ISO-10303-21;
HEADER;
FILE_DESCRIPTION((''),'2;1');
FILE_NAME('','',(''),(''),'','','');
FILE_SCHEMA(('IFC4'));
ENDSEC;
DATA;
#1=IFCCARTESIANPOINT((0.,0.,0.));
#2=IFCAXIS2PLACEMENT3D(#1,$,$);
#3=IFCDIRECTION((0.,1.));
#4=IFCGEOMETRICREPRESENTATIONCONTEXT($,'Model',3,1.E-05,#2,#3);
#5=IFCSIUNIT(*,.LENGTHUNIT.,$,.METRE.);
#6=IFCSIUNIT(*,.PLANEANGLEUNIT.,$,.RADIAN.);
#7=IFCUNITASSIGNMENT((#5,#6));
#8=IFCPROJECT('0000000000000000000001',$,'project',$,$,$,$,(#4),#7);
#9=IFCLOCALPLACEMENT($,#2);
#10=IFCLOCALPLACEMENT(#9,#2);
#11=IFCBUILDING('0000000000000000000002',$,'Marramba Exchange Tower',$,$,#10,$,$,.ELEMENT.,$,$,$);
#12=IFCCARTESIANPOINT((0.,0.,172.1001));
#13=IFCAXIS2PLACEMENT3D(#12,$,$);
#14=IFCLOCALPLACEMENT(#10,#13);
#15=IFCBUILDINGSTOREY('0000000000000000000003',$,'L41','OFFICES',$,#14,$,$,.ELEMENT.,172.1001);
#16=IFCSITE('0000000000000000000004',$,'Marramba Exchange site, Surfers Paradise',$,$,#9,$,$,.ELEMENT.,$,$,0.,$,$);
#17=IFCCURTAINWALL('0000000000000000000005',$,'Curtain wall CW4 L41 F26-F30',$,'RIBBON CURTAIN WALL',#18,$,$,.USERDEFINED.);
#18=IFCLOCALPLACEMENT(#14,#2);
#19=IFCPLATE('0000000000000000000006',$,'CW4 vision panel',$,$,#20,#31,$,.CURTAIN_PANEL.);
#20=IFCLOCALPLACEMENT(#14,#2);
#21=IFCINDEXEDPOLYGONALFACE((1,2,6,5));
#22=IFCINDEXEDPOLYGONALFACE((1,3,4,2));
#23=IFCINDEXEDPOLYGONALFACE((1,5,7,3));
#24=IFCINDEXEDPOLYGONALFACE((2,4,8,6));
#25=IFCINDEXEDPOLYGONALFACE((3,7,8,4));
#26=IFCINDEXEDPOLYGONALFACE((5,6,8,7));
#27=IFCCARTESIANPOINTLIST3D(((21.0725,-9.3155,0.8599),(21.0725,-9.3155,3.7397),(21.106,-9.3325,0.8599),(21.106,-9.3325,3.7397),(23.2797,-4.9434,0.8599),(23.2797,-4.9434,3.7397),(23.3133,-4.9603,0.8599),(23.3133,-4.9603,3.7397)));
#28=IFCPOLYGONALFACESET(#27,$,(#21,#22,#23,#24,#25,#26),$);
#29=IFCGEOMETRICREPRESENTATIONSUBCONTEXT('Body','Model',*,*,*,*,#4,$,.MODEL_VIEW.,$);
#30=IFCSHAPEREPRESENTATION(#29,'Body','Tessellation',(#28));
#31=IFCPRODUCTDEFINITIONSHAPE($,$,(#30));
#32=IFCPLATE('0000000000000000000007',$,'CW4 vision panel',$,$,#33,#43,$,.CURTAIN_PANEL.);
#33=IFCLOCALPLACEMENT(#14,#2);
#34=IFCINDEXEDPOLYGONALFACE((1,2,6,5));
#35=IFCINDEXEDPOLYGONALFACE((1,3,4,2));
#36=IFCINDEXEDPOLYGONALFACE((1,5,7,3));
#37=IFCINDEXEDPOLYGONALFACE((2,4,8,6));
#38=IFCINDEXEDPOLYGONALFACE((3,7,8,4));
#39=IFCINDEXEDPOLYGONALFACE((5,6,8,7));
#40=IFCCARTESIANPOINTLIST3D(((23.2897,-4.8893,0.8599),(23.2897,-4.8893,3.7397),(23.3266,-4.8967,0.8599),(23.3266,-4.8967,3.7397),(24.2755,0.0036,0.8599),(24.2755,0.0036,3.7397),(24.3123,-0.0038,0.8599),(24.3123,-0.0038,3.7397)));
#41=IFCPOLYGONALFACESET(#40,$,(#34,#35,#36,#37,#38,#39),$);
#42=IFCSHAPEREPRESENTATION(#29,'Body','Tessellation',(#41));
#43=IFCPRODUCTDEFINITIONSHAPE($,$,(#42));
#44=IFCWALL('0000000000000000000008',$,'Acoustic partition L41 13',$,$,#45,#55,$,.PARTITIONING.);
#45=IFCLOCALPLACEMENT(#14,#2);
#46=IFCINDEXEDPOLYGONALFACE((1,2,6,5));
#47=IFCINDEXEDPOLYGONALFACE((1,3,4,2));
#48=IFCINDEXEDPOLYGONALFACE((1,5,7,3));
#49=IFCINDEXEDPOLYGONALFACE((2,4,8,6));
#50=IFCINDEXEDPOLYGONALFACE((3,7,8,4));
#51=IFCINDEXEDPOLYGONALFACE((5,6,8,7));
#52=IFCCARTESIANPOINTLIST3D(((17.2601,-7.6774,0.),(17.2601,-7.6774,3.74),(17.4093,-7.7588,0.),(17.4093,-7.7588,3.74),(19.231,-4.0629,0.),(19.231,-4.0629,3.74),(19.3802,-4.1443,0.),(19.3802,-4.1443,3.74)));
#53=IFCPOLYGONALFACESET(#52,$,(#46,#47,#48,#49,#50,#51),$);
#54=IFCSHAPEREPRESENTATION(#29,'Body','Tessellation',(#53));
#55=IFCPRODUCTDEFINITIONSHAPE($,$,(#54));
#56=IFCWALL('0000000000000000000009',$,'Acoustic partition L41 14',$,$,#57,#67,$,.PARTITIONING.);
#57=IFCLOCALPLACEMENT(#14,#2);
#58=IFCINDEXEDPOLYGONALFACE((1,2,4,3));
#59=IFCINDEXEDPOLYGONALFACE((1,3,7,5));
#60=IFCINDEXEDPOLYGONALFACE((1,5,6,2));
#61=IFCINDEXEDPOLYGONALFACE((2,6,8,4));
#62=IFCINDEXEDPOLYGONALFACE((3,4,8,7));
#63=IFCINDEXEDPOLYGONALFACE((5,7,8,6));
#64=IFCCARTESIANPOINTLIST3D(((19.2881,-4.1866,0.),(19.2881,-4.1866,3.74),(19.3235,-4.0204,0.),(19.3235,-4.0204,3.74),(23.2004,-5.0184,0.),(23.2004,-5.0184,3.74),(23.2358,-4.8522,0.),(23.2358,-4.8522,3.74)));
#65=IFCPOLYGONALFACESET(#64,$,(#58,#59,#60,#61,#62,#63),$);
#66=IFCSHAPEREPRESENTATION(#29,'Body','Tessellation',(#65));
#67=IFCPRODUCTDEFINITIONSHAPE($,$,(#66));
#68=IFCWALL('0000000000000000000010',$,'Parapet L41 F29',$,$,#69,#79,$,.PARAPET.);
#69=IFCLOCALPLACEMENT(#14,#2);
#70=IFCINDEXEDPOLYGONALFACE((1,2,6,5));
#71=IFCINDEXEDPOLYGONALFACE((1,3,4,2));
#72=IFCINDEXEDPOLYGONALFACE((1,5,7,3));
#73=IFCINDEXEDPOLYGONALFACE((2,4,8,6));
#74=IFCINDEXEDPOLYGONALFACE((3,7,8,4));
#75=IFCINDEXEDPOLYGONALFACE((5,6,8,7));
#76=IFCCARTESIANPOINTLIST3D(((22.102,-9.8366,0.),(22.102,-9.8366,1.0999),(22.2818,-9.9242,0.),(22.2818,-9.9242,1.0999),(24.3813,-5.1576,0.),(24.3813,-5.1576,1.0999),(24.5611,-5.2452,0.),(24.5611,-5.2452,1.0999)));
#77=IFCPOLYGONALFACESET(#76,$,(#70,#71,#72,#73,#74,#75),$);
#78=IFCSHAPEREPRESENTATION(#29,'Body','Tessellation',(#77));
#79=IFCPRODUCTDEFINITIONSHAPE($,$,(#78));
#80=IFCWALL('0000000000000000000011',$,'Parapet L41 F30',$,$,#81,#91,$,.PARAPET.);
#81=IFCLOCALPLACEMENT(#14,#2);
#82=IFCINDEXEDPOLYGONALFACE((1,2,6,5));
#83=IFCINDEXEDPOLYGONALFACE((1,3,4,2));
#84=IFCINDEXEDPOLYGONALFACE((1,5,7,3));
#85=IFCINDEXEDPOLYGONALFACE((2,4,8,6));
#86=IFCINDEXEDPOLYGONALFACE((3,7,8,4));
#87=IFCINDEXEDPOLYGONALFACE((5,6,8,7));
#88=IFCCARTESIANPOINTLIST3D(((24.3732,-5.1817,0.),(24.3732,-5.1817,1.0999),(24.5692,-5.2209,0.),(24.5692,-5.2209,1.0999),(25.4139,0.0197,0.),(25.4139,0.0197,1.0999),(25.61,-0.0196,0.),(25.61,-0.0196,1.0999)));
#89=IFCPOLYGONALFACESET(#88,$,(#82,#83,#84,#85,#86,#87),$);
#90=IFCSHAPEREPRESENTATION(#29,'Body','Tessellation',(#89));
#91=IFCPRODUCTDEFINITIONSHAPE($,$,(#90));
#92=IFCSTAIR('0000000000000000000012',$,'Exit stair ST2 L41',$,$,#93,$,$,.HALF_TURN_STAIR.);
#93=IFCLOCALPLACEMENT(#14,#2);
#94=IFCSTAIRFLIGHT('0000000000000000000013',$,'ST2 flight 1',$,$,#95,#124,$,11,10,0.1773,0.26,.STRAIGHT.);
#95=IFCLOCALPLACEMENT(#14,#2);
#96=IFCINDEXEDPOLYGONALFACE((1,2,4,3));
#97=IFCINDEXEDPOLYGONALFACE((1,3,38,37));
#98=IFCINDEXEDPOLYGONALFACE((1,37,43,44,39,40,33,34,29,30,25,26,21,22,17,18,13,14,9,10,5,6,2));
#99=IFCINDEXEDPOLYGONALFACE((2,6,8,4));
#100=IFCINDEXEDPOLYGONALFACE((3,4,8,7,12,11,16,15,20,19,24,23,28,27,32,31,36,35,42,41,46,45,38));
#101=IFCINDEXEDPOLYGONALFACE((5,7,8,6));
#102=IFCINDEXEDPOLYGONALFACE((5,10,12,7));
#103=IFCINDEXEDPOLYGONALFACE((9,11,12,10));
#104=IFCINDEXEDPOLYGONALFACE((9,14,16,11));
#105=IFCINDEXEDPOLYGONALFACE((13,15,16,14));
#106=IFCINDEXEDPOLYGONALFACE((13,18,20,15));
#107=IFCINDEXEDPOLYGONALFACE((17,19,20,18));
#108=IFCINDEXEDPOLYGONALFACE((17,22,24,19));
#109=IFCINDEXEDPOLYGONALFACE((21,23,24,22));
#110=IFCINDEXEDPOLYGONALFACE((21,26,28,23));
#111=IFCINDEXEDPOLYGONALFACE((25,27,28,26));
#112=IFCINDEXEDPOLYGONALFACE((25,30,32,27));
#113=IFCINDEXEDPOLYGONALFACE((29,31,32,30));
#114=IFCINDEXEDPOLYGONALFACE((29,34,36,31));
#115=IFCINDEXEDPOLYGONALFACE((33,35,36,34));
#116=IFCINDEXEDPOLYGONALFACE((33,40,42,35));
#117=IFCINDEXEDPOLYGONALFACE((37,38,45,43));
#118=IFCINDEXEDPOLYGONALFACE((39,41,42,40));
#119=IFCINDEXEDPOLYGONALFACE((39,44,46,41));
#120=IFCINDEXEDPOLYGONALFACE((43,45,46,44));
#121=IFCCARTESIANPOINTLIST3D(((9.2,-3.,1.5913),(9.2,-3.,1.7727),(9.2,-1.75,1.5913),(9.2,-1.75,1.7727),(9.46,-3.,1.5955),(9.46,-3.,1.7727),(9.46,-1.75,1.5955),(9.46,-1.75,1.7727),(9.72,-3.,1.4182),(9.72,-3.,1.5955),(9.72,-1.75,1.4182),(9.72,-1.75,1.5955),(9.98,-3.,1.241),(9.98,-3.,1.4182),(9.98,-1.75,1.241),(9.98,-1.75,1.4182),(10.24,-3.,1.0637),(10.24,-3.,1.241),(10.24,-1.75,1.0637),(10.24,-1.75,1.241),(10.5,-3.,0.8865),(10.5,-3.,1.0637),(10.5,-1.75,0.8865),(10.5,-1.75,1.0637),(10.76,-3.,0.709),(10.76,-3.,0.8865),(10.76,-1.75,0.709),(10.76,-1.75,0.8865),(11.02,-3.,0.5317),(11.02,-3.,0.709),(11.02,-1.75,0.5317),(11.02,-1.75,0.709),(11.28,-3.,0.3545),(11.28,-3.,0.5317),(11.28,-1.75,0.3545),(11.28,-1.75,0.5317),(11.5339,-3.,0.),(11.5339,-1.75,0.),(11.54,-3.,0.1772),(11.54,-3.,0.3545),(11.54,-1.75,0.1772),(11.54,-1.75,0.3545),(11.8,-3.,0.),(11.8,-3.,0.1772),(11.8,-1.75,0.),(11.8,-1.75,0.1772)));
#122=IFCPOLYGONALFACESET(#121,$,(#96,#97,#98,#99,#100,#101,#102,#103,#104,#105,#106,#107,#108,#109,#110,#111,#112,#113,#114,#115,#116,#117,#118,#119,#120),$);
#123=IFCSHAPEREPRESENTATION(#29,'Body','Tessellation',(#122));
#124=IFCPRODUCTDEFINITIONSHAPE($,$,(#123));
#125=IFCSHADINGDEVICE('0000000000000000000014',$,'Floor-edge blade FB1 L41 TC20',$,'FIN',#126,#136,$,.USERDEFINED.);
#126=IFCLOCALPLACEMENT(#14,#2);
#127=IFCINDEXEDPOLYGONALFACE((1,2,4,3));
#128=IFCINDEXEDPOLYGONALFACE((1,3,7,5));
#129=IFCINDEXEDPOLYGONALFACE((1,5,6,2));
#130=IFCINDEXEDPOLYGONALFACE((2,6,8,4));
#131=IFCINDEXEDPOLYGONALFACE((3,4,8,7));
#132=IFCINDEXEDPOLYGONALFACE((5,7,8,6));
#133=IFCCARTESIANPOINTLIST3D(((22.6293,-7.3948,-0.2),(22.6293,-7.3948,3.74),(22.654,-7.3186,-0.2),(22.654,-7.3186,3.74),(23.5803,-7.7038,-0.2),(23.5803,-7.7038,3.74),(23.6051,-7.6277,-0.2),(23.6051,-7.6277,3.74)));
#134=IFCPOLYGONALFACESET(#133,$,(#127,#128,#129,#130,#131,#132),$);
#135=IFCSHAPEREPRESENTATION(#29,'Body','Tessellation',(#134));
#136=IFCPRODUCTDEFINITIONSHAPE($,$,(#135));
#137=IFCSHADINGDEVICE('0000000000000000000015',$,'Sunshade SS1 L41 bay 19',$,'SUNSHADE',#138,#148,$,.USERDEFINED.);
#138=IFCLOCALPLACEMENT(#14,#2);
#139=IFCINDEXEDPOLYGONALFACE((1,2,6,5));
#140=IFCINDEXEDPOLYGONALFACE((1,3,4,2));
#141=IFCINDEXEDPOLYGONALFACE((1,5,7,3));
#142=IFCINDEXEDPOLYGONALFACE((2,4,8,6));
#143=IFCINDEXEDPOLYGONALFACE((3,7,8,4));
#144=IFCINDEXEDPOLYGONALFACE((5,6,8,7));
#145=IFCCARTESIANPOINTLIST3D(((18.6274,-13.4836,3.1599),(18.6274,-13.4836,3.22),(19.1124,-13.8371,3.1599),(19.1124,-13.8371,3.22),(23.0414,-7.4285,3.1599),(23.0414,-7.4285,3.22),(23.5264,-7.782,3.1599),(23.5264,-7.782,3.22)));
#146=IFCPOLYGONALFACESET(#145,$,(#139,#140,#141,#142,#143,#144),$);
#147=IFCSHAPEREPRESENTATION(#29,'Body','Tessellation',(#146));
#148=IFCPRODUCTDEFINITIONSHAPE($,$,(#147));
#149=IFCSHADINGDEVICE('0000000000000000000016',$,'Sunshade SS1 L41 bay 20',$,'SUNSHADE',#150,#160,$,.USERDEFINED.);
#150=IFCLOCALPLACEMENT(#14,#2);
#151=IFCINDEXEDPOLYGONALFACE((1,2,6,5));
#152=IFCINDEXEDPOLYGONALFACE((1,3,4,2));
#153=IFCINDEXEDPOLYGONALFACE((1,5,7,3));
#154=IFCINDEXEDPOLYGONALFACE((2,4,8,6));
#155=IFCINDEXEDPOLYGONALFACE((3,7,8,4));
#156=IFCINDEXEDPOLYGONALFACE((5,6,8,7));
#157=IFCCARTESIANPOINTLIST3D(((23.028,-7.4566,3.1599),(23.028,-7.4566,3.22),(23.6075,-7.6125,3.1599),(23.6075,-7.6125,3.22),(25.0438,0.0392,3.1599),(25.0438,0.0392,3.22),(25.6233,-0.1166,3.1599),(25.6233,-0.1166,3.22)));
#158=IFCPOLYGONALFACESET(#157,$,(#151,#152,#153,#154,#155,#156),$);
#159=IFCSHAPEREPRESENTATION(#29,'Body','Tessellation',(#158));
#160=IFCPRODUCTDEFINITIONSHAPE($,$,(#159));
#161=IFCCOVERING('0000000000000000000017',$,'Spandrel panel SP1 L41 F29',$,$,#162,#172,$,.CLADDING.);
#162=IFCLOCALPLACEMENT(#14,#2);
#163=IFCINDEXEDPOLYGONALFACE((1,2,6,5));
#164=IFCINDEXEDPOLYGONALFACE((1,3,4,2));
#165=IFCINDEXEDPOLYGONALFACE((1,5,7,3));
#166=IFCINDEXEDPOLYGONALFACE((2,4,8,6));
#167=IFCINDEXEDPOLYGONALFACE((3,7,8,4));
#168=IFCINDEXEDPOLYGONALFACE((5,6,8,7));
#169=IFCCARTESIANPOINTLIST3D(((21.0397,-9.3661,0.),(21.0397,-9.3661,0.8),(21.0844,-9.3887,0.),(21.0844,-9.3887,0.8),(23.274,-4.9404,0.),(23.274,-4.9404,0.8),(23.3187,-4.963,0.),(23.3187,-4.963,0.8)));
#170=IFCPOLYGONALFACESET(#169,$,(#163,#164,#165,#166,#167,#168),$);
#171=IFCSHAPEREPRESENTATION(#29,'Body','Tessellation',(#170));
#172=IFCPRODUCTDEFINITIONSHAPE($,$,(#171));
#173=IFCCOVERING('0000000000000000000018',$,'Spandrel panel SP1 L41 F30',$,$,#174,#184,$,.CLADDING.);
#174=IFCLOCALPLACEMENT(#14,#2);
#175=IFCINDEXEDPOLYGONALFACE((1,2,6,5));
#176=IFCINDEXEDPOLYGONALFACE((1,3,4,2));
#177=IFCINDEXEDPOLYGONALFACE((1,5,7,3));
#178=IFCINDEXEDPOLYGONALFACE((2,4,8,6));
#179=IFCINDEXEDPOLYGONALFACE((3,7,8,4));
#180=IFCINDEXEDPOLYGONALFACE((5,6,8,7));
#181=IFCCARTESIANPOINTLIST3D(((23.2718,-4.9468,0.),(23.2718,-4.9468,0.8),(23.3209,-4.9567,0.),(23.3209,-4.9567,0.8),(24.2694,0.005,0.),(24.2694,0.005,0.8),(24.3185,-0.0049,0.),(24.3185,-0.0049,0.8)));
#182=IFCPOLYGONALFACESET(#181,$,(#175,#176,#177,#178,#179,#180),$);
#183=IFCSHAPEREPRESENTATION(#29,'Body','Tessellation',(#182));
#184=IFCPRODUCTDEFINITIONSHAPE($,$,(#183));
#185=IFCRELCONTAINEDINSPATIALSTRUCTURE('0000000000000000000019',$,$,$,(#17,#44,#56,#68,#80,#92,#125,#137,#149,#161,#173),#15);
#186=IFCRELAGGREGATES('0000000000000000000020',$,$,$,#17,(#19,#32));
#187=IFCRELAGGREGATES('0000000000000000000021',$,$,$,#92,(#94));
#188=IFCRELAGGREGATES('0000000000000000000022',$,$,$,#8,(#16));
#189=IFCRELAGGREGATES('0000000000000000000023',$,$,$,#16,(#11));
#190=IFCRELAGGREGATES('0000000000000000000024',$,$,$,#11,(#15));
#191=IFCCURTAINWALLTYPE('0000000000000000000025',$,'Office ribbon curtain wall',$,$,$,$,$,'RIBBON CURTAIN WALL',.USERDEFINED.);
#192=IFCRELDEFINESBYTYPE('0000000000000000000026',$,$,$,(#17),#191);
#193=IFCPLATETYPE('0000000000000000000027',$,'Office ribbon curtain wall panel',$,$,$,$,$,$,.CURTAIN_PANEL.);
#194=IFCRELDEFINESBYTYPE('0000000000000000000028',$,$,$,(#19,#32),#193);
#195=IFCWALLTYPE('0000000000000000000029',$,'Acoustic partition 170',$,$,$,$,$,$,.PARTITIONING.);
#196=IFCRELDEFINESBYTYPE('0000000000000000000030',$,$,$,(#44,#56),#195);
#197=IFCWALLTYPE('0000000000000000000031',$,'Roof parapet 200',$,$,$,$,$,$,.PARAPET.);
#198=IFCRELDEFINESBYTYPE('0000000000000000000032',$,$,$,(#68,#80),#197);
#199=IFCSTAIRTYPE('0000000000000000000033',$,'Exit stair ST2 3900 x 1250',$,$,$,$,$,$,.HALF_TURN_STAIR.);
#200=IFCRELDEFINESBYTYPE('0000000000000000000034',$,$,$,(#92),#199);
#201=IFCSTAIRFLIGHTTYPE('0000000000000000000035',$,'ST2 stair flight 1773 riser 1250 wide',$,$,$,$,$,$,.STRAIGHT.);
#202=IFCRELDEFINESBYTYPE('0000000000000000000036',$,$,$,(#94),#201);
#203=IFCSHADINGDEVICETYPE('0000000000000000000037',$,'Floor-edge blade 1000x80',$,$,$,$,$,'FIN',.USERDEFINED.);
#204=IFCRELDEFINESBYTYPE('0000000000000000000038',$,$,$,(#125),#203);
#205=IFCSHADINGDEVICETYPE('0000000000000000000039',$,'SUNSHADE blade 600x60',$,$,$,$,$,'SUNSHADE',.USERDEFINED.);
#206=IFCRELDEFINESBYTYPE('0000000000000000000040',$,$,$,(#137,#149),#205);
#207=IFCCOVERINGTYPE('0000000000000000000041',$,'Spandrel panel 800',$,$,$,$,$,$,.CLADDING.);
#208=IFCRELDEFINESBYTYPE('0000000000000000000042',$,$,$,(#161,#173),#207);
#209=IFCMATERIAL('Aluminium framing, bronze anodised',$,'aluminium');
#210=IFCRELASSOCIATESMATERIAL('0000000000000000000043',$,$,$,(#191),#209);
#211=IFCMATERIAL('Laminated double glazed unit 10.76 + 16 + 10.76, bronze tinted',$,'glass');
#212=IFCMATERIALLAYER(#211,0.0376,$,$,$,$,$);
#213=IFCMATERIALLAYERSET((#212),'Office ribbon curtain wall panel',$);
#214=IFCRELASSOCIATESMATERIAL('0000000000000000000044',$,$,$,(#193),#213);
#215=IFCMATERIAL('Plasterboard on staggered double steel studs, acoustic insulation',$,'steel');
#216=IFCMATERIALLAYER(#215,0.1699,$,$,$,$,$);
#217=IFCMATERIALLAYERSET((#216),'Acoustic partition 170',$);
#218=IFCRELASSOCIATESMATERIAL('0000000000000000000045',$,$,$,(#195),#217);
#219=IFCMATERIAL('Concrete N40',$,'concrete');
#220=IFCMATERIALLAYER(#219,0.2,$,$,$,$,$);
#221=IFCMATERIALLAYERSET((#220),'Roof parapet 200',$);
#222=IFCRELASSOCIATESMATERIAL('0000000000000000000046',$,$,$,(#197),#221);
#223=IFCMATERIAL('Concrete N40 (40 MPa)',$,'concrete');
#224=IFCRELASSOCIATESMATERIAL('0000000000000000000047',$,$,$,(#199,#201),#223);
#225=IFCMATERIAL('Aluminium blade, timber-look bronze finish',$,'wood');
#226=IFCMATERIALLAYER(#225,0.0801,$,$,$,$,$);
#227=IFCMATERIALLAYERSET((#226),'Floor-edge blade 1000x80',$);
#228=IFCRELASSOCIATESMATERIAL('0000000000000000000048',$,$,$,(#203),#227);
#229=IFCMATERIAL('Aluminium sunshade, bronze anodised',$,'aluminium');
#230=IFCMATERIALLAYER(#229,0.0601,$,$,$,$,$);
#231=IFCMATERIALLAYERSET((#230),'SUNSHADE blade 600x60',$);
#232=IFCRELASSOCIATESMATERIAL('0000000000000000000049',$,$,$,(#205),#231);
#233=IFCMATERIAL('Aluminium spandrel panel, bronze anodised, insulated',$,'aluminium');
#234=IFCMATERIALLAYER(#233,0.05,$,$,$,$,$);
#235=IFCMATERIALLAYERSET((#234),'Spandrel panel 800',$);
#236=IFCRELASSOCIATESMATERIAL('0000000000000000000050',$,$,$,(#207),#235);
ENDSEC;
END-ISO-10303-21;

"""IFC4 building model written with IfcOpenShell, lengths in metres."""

from ifc_helpers import new_model, si_unit, direction, frame, frame_2d, origin, origin_2d, place, context, subcontext, project, spatial, polyline, rectangle, outline, extrude, material, layer, layer_set, type_object, element, aggregate, save


model = new_model("IFC4")

# Units and contexts
model_context = context("Model", 3, precision=1e-05, world=origin(), true_north=direction((0.0, 1.0)))
body_context = subcontext(model_context, "Body", "Model", "MODEL_VIEW")
ifc_project = project(units=[si_unit("LENGTHUNIT", "METRE"), si_unit("PLANEANGLEUNIT", "RADIAN")], contexts=[model_context])

# Site, building, storey
site_placement = place(None, origin())
site = spatial("IfcSite", under=ifc_project, at=site_placement, Name="Marramba Exchange site, Surfers Paradise", CompositionType="ELEMENT", RefElevation=0.0)
building_placement = place(site_placement, origin())
building = spatial("IfcBuilding", under=site, at=building_placement, Name="Marramba Exchange Tower", CompositionType="ELEMENT")
storey_placement = place(building_placement, frame((0.0, 0.0, 172.1001)))
storey = spatial("IfcBuildingStorey", under=building, at=storey_placement, Name="L41", Description="OFFICES", CompositionType="ELEMENT", Elevation=172.1001)

# Curtain wall
ifc_material_1 = material(Name="Aluminium framing, bronze anodised", Category="aluminium")
curtain_wall_type = type_object("IfcCurtainWallType", Name="Office ribbon curtain wall", ElementType="RIBBON CURTAIN WALL", PredefinedType="USERDEFINED", material=ifc_material_1)
curtain_wall_placement = place(storey_placement, origin())
curtain_wall = element("IfcCurtainWall", 1, at=curtain_wall_placement, inside=storey, type_object=curtain_wall_type, Name="Curtain wall CW4 L41 F26-F30", ObjectType="RIBBON CURTAIN WALL", PredefinedType="USERDEFINED")

# Plates
ifc_material_2 = material(Name="Laminated double glazed unit 10.76 + 16 + 10.76, bronze tinted", Category="glass")
ifc_layer_1 = layer(ifc_material_2, 0.0376)
ifc_layer_set_1 = layer_set([ifc_layer_1], Name="Office ribbon curtain wall panel")
plate_type = type_object("IfcPlateType", Name="Office ribbon curtain wall panel", PredefinedType="CURTAIN_PANEL", material=ifc_layer_set_1)
plate_1_placement = place(storey_placement, frame((22.1929, -7.1379, 0.8599), z_axis=(0.0, 0.0, 1.0), x_axis=(0.450673, 0.892689, 0.0)))
plate_1 = element("IfcPlate", 2, at=plate_1_placement, type_object=plate_type, Name="CW4 vision panel", PredefinedType="CURTAIN_PANEL", context=body_context, shape_type="SweptSolid", body=[
    extrude(rectangle(XDim=4.8977, YDim=0.0376, at=origin_2d()), origin(), (0.0, 0.0, 1.0), 2.8799),
])
plate_2_placement = place(storey_placement, frame((23.801, -2.4465, 0.8599), z_axis=(0.0, 0.0, 1.0), x_axis=(0.197495, 0.980304, 0.0)))
plate_2 = element("IfcPlate", 3, at=plate_2_placement, type_object=plate_type, Name="CW4 vision panel", PredefinedType="CURTAIN_PANEL", context=body_context, shape_type="SweptSolid", body=[
    extrude(rectangle(XDim=4.9912, YDim=0.0376, at=origin_2d()), origin(), (0.0, 0.0, 1.0), 2.8799),
])
aggregate(curtain_wall, [plate_1, plate_2])

# Shared definitions
ifc_material_3 = material(Name="Plasterboard on staggered double steel studs, acoustic insulation", Category="steel")
ifc_layer_2 = layer(ifc_material_3, 0.1699)
ifc_layer_set_2 = layer_set([ifc_layer_2], Name="Acoustic partition 170")
wall_type_1 = type_object("IfcWallType", Name="Acoustic partition 170", PredefinedType="PARTITIONING", material=ifc_layer_set_2)

# Walls
wall_1_placement = place(storey_placement, frame((19.3057, -4.1035, 0.0), z_axis=(0.0, 0.0, 1.0), x_axis=(-0.47874, -0.877957, 0.0)))
element("IfcWall", 4, at=wall_1_placement, inside=storey, type_object=wall_type_1, Name="Acoustic partition L41 13", PredefinedType="PARTITIONING", context=body_context, shape_type="SweptSolid", body=[
    extrude(rectangle(XDim=4.1169, YDim=0.1699, at=frame_2d((2.0586, 0.0))), origin(), (0.0, 0.0, 1.0), 3.74),
])
wall_2_placement = place(storey_placement, frame((19.3057, -4.1035, 0.0), z_axis=(0.0, 0.0, 1.0), x_axis=(0.978138, -0.207957, 0.0)))
element("IfcWall", 5, at=wall_2_placement, inside=storey, type_object=wall_type_1, Name="Acoustic partition L41 14", PredefinedType="PARTITIONING", context=body_context, shape_type="SweptSolid", body=[
    extrude(rectangle(XDim=3.9998, YDim=0.1699, at=frame_2d((2.0, 0.0))), origin(), (0.0, 0.0, 1.0), 3.74),
])

# Walls
ifc_material_4 = material(Name="Concrete N40", Category="concrete")
ifc_layer_3 = layer(ifc_material_4, 0.2)
ifc_layer_set_3 = layer_set([ifc_layer_3], Name="Roof parapet 200")
wall_type_2 = type_object("IfcWallType", Name="Roof parapet 200", PredefinedType="PARAPET", material=ifc_layer_set_3)
wall_3_placement = place(storey_placement, frame((22.1919, -9.8804, 0.0), z_axis=(0.0, 0.0, 1.0), x_axis=(0.437939, 0.899005, 0.0)))
element("IfcWall", 6, at=wall_3_placement, inside=storey, type_object=wall_type_2, Name="Parapet L41 F29", PredefinedType="PARAPET", context=body_context, shape_type="SweptSolid", body=[
    extrude(rectangle(XDim=5.2046, YDim=0.2, at=frame_2d((2.6023, 0.0))), origin(), (0.0, 0.0, 1.0), 1.0999),
])
wall_4_placement = place(storey_placement, frame((24.4712, -5.2014, 0.0), z_axis=(0.0, 0.0, 1.0), x_axis=(0.196205, 0.980563, 0.0)))
element("IfcWall", 7, at=wall_4_placement, inside=storey, type_object=wall_type_2, Name="Parapet L41 F30", PredefinedType="PARAPET", context=body_context, shape_type="SweptSolid", body=[
    extrude(rectangle(XDim=5.3044, YDim=0.2, at=frame_2d((2.6523, 0.0))), origin(), (0.0, 0.0, 1.0), 1.0999),
])

# Stair, stair flight
ifc_material_5 = material(Name="Concrete N40 (40 MPa)", Category="concrete")
stair_type = type_object("IfcStairType", Name="Exit stair ST2 3900 x 1250", PredefinedType="HALF_TURN_STAIR", material=ifc_material_5)
stair_placement = place(storey_placement, origin())
stair = element("IfcStair", 8, at=stair_placement, inside=storey, type_object=stair_type, Name="Exit stair ST2 L41", PredefinedType="HALF_TURN_STAIR")
stair_flight_type = type_object("IfcStairFlightType", Name="ST2 stair flight 1773 riser 1250 wide", PredefinedType="STRAIGHT", material=ifc_material_5)
stair_flight_placement = place(storey_placement, frame((11.8, -2.375, 0.0), z_axis=(0.0, 0.0, 1.0), x_axis=(-1.0, 0.0, 0.0)))
stair_flight = element("IfcStairFlight", 9, at=stair_flight_placement, type_object=stair_flight_type, Name="ST2 flight 1", NumberOfRisers=11, NumberOfTreads=10, PredefinedType="STRAIGHT", RiserHeight=0.1773, TreadLength=0.26, context=body_context, shape_type="SweptSolid", body=[
    extrude(outline(polyline([(0.0, 0.0), (0.0, 0.1772), (0.26, 0.1772), (0.26, 0.3545), (0.52, 0.3545), (0.52, 0.5317), (0.78, 0.5317), (0.78, 0.709), (1.04, 0.709), (1.04, 0.8865), (1.3, 0.8865), (1.3, 1.0637), (1.5601, 1.0637), (1.5601, 1.241), (1.8201, 1.241), (1.8201, 1.4182), (2.0801, 1.4182), (2.0801, 1.5955), (2.3401, 1.5955), (2.3401, 1.7727), (2.6001, 1.7727), (2.6001, 1.95), (2.6001, 1.5913), (0.2661, 0.0), (0.0, 0.0)])), frame((0.0, 0.625, 0.0), z_axis=(0.0, -1.0, 0.0), x_axis=(1.0, 0.0, 0.0)), (0.0, 0.0, 1.0), 1.25),
])
aggregate(stair, [stair_flight])

# Shading devices
ifc_material_6 = material(Name="Aluminium blade, timber-look bronze finish", Category="wood")
ifc_layer_4 = layer(ifc_material_6, 0.0801)
ifc_layer_set_4 = layer_set([ifc_layer_4], Name="Floor-edge blade 1000x80")
shading_device_type_1 = type_object("IfcShadingDeviceType", Name="Floor-edge blade 1000x80", ElementType="FIN", PredefinedType="USERDEFINED", material=ifc_layer_set_4)
shading_device_1_placement = place(storey_placement, frame((23.1172, -7.5112, -0.2), z_axis=(0.0, 0.0, 1.0), x_axis=(0.951057, -0.309017, 0.0)))
element("IfcShadingDevice", 10, at=shading_device_1_placement, inside=storey, type_object=shading_device_type_1, Name="Floor-edge blade FB1 L41 TC20", ObjectType="FIN", PredefinedType="USERDEFINED", context=body_context, shape_type="SweptSolid", body=[
    extrude(rectangle(XDim=1.0, YDim=0.0801, at=origin_2d()), origin(), (0.0, 0.0, 1.0), 3.9399),
])
ifc_material_7 = material(Name="Aluminium sunshade, bronze anodised", Category="aluminium")
ifc_layer_5 = layer(ifc_material_7, 0.0601)
ifc_layer_set_5 = layer_set([ifc_layer_5], Name="SUNSHADE blade 600x60")
shading_device_type_2 = type_object("IfcShadingDeviceType", Name="SUNSHADE blade 600x60", ElementType="SUNSHADE", PredefinedType="USERDEFINED", material=ifc_layer_set_5)
shading_device_2_placement = place(storey_placement, frame((21.0769, -10.6328, 3.1599), z_axis=(0.0, 0.0, 1.0), x_axis=(0.589072, 0.808081, 0.0)))
element("IfcShadingDevice", 11, at=shading_device_2_placement, inside=storey, type_object=shading_device_type_2, Name="Sunshade SS1 L41 bay 19", ObjectType="SUNSHADE", PredefinedType="USERDEFINED", context=body_context, shape_type="SweptSolid", body=[
    extrude(rectangle(XDim=7.4932, YDim=0.6001, at=origin_2d()), origin(), (0.0, 0.0, 1.0), 0.0601),
])
shading_device_3_placement = place(storey_placement, frame((24.3257, -3.7866, 3.1599), z_axis=(0.0, 0.0, 1.0), x_axis=(0.259692, 0.965691, 0.0)))
element("IfcShadingDevice", 12, at=shading_device_3_placement, inside=storey, type_object=shading_device_type_2, Name="Sunshade SS1 L41 bay 20", ObjectType="SUNSHADE", PredefinedType="USERDEFINED", context=body_context, shape_type="SweptSolid", body=[
    extrude(rectangle(XDim=7.7622, YDim=0.6001, at=origin_2d()), origin(), (0.0, 0.0, 1.0), 0.0601),
])

# Coverings
ifc_material_8 = material(Name="Aluminium spandrel panel, bronze anodised, insulated", Category="aluminium")
ifc_layer_6 = layer(ifc_material_8, 0.05)
ifc_layer_set_6 = layer_set([ifc_layer_6], Name="Spandrel panel 800")
covering_type = type_object("IfcCoveringType", Name="Spandrel panel 800", PredefinedType="CLADDING", material=ifc_layer_set_6)
covering_1_placement = place(storey_placement, frame((22.1792, -7.1646, 0.0), z_axis=(0.0, 0.0, 1.0), x_axis=(0.450673, 0.892689, 0.0)))
element("IfcCovering", 13, at=covering_1_placement, inside=storey, type_object=covering_type, Name="Spandrel panel SP1 L41 F29", PredefinedType="CLADDING", context=body_context, shape_type="SweptSolid", body=[
    extrude(rectangle(XDim=4.9578, YDim=0.05, at=origin_2d()), origin(), (0.0, 0.0, 1.0), 0.8),
])
covering_2_placement = place(storey_placement, frame((23.7952, -2.4758, 0.0), z_axis=(0.0, 0.0, 1.0), x_axis=(0.197495, 0.980304, 0.0)))
element("IfcCovering", 14, at=covering_2_placement, inside=storey, type_object=covering_type, Name="Spandrel panel SP1 L41 F30", PredefinedType="CLADDING", context=body_context, shape_type="SweptSolid", body=[
    extrude(rectangle(XDim=5.0513, YDim=0.05, at=origin_2d()), origin(), (0.0, 0.0, 1.0), 0.8),
])

save(model, "model.ifc")
